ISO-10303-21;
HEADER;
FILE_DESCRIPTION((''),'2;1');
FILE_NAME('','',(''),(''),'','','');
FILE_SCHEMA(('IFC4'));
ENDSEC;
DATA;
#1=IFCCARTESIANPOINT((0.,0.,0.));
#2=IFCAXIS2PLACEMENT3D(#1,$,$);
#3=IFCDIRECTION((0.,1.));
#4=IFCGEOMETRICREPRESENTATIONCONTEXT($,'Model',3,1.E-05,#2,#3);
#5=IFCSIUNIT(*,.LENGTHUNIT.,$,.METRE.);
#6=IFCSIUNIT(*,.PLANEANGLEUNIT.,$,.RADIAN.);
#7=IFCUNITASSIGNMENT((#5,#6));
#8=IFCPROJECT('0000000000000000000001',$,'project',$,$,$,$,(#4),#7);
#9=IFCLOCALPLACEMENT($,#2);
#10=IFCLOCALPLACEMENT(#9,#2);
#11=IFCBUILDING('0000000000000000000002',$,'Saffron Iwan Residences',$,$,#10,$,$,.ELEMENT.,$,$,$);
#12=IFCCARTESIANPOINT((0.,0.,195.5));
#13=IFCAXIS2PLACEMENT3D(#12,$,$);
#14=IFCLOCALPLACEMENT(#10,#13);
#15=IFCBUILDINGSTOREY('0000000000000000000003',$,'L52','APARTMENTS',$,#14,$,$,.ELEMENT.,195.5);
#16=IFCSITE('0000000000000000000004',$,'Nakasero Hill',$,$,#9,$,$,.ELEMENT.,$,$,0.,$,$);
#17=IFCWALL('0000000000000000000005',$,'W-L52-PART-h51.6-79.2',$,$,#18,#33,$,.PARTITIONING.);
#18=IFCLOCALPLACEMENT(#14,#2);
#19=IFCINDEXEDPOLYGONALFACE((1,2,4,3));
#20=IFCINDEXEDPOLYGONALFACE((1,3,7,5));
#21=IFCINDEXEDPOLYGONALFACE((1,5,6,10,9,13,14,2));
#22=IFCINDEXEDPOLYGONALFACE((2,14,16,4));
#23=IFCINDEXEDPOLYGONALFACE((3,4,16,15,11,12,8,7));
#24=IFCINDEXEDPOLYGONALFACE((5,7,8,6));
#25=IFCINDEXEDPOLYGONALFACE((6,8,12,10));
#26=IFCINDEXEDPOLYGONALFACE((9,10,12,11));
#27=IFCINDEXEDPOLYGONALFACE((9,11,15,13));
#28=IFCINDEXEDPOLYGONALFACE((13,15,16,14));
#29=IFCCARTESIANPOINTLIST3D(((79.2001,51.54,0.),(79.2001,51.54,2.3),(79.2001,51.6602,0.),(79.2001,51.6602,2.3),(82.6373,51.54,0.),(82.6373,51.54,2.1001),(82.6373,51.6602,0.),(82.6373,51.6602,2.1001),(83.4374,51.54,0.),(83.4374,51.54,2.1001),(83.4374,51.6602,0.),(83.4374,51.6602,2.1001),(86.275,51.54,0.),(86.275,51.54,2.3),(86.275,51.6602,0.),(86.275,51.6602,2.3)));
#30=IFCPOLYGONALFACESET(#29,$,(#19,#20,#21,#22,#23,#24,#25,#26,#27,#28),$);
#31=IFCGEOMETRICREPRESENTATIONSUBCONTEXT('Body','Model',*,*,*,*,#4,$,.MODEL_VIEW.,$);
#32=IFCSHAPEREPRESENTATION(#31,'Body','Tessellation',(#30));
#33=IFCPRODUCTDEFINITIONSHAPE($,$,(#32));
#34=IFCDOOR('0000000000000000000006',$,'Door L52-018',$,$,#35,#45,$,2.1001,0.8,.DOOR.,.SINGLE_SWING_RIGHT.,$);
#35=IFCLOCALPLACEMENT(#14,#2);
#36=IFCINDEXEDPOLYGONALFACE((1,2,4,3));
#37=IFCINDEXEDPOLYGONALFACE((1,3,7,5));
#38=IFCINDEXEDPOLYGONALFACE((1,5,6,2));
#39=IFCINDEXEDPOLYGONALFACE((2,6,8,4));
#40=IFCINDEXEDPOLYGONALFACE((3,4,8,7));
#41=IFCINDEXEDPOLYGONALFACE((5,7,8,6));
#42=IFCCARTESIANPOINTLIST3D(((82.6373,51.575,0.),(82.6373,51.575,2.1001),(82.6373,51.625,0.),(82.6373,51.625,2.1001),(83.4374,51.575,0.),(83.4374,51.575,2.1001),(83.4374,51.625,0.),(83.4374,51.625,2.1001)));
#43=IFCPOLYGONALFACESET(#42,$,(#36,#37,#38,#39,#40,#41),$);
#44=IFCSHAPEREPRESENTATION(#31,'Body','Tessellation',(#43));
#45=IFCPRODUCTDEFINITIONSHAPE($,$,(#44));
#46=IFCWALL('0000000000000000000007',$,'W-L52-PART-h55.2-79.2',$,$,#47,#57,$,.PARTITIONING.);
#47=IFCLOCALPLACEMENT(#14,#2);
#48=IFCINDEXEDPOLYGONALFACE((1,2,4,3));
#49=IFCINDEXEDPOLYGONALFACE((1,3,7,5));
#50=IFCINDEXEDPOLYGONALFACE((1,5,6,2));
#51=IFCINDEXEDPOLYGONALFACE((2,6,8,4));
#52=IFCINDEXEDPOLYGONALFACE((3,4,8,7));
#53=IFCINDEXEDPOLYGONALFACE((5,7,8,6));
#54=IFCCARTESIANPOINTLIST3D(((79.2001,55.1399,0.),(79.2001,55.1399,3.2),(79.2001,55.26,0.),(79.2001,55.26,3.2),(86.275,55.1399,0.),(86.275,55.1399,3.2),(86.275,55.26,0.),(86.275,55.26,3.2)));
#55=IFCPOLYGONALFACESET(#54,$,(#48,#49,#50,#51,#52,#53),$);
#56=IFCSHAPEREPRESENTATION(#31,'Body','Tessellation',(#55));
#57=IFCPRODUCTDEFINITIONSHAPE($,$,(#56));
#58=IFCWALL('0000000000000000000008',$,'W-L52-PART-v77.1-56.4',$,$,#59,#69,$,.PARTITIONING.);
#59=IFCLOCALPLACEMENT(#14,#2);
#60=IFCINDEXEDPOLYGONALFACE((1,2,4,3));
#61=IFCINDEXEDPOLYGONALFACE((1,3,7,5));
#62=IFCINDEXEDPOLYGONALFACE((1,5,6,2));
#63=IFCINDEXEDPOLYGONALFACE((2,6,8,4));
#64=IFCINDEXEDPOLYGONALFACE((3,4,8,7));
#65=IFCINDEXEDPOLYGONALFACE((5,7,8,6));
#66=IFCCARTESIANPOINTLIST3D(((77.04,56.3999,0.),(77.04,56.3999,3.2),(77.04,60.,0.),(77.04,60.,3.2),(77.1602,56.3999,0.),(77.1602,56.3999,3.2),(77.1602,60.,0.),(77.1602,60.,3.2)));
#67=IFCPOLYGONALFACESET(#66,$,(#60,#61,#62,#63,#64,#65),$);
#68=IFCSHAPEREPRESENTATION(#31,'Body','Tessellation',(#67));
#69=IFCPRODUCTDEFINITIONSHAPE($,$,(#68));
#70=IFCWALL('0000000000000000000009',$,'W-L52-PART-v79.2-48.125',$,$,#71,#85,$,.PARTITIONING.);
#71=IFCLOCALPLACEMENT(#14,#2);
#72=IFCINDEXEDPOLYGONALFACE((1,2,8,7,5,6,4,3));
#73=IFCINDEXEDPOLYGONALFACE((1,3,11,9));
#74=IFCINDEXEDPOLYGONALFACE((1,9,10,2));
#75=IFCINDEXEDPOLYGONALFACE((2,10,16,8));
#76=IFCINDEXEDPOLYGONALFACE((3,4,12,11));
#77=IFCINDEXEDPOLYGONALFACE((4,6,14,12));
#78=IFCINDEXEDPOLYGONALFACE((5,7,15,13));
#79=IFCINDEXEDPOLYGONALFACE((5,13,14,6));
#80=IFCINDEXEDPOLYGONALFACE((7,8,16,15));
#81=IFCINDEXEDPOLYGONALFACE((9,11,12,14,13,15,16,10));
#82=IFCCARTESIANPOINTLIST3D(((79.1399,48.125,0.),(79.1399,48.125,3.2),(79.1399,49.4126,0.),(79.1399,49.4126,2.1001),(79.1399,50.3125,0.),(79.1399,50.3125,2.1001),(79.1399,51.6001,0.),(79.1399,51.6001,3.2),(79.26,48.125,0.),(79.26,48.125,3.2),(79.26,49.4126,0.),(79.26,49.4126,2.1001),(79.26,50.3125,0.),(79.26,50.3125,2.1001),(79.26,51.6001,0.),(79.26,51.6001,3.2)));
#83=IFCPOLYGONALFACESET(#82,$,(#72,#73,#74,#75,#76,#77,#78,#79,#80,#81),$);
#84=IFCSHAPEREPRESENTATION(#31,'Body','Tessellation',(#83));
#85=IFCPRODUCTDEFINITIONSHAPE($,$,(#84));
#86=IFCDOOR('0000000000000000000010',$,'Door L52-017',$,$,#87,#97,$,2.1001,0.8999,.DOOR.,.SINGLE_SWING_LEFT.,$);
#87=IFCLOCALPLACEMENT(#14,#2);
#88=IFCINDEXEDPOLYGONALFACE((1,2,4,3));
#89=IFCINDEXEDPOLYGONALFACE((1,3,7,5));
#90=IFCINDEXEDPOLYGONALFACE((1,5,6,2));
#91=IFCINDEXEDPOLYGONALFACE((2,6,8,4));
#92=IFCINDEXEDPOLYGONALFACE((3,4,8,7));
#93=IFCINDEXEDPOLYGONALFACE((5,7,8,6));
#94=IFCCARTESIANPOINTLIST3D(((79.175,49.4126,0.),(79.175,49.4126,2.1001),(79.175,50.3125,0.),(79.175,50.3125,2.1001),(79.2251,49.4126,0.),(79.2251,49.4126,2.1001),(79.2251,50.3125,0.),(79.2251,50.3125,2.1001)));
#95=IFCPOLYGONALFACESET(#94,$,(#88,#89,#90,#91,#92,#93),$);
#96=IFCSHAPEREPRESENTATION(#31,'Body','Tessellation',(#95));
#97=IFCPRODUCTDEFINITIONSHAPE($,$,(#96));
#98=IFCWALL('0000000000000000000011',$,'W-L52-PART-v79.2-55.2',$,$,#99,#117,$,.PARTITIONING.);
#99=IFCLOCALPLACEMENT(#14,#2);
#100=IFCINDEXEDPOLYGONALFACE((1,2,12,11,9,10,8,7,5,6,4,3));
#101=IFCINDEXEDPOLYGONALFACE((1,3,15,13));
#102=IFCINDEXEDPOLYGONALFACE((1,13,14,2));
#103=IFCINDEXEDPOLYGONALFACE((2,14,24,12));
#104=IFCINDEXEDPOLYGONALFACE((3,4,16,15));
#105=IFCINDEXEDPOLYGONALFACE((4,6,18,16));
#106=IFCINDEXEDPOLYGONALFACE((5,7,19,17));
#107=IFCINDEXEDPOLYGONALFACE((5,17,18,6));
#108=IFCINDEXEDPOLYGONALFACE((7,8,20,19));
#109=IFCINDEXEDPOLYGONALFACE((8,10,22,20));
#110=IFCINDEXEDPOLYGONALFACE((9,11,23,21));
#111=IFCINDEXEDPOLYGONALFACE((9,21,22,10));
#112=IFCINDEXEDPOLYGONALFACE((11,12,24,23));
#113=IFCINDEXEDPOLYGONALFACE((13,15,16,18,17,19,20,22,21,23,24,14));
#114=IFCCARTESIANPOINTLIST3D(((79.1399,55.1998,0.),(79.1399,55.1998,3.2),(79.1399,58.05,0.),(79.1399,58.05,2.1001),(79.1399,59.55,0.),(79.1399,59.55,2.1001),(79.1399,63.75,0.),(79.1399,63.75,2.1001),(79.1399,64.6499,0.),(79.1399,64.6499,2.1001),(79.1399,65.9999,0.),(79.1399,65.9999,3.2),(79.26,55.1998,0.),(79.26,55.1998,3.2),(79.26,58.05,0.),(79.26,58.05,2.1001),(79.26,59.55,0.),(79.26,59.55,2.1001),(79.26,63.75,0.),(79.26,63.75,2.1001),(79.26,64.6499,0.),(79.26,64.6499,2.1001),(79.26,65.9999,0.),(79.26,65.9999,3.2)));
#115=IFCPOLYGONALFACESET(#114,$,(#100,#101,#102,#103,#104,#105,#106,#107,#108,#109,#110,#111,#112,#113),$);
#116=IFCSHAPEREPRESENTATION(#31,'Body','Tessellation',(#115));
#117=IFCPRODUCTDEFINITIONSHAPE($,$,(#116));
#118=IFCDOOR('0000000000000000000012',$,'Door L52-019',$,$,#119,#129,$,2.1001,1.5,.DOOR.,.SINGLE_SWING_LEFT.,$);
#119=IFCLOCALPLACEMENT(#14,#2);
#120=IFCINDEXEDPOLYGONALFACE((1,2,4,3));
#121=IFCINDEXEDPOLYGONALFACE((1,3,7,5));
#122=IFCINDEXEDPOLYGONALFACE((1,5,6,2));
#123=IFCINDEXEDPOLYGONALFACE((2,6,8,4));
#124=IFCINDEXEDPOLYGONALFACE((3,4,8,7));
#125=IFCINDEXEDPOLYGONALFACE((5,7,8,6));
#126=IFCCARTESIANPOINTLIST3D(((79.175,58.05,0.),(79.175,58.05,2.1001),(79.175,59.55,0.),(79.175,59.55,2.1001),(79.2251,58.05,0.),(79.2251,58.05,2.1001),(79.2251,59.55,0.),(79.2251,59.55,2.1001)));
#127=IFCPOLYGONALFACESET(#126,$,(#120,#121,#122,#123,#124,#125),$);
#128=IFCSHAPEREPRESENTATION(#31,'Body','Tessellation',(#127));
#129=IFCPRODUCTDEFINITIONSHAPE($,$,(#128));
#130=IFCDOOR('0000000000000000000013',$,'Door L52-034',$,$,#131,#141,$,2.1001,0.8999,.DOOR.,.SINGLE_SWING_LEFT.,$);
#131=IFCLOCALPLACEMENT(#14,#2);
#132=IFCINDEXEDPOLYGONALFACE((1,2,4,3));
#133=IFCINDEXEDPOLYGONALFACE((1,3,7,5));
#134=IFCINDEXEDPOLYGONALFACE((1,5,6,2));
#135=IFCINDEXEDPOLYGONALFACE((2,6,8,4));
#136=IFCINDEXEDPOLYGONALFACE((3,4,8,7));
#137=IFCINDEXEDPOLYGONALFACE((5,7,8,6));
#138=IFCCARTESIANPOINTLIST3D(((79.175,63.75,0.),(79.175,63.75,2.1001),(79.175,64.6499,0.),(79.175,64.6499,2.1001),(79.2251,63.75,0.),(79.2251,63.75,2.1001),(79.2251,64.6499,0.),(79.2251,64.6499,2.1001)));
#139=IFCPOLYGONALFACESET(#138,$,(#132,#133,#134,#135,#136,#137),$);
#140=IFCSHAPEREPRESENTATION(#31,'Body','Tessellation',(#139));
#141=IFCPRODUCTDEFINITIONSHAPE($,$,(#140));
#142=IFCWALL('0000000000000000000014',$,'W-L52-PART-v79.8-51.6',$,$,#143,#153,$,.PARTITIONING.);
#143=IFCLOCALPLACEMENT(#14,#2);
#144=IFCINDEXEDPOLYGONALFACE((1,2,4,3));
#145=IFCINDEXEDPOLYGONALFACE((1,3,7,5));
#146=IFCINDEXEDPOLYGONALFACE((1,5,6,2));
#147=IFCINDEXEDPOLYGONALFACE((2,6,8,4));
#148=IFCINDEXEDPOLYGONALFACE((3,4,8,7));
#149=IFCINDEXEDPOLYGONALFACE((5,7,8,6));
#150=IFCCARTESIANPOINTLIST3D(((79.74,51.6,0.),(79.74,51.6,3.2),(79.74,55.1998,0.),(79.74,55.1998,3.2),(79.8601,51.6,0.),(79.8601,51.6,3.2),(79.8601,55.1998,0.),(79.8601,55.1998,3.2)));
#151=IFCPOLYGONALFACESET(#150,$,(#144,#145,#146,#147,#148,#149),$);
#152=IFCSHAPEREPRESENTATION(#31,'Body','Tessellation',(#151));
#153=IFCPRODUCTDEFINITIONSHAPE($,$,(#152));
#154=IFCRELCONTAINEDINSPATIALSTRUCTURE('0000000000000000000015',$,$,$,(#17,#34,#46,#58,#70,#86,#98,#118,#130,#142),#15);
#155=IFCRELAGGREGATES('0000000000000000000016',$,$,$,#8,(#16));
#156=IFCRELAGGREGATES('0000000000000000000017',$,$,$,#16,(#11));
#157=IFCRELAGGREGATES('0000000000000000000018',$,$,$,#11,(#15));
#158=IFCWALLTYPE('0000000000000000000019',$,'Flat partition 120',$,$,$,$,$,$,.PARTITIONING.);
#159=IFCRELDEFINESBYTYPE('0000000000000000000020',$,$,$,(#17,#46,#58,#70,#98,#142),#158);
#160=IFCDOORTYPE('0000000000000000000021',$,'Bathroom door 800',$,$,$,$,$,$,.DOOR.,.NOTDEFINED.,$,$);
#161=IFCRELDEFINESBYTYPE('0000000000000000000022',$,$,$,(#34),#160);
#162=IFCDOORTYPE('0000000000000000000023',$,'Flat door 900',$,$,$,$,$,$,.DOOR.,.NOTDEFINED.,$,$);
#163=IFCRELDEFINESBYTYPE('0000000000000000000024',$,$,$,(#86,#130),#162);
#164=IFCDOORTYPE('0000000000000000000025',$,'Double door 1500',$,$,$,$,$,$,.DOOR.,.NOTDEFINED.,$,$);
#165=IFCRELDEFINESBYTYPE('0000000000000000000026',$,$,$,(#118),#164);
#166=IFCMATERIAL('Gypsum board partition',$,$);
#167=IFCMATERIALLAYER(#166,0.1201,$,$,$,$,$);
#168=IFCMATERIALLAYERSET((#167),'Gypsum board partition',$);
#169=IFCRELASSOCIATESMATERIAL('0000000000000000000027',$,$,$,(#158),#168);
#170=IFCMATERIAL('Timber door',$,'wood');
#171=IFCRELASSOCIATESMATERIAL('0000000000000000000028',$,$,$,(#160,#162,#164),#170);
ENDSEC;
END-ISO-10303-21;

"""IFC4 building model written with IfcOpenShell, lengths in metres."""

from ifc_helpers import new_model, si_unit, direction, frame, frame_2d, origin, place, context, subcontext, project, spatial, rectangle, extrude, material, layer, layer_set, type_object, element, fill, save


model = new_model("IFC4")

# Units and contexts
model_context = context("Model", 3, precision=1e-05, world=origin(), true_north=direction((0.0, 1.0)))
body_context = subcontext(model_context, "Body", "Model", "MODEL_VIEW")
ifc_project = project(units=[si_unit("LENGTHUNIT", "METRE"), si_unit("PLANEANGLEUNIT", "RADIAN")], contexts=[model_context])

# Site, building, storey
site_placement = place(None, origin())
site = spatial("IfcSite", under=ifc_project, at=site_placement, Name="Nakasero Hill", CompositionType="ELEMENT", RefElevation=0.0)
building_placement = place(site_placement, origin())
building = spatial("IfcBuilding", under=site, at=building_placement, Name="Saffron Iwan Residences", CompositionType="ELEMENT")
storey_placement = place(building_placement, frame((0.0, 0.0, 195.5)))
storey = spatial("IfcBuildingStorey", under=building, at=storey_placement, Name="L52", Description="APARTMENTS", CompositionType="ELEMENT", Elevation=195.5)

# Wall, opening, door
ifc_material_1 = material(Name="Gypsum board partition")
ifc_layer_1 = layer(ifc_material_1, 0.1201)
ifc_layer_set_1 = layer_set([ifc_layer_1], Name="Gypsum board partition")
wall_type_1 = type_object("IfcWallType", Name="Flat partition 120", PredefinedType="PARTITIONING", material=ifc_layer_set_1)
wall_1_placement = place(storey_placement, frame((79.2, 51.6001, 0.0), z_axis=(0.0, 0.0, 1.0), x_axis=(1.0, 0.0, 0.0)))
wall_1 = element("IfcWall", 1, at=wall_1_placement, inside=storey, type_object=wall_type_1, Name="W-L52-PART-h51.6-79.2", PredefinedType="PARTITIONING", context=body_context, shape_type="SweptSolid", body=[
    extrude(rectangle(XDim=7.075, YDim=0.1201, at=frame_2d((3.5376, 0.0))), origin(), (0.0, 0.0, 1.0), 2.3),
])
opening_1_placement = place(wall_1_placement, frame((3.4375, 0.0, 0.0)))
opening_1 = element("IfcOpeningElement", 2, at=opening_1_placement, cuts=wall_1, PredefinedType="OPENING", context=body_context, shape_type="SweptSolid", body=[
    extrude(rectangle(XDim=0.8, YDim=2.1001, at=frame_2d((0.3999, 1.05))), frame((0.0, 0.0701, 0.0), z_axis=(0.0, -1.0, 0.0), x_axis=(1.0, 0.0, 0.0)), (0.0, 0.0, 1.0), 0.1401),
])
ifc_material_2 = material(Name="Timber door", Category="wood")
door_type_1 = type_object("IfcDoorType", Name="Bathroom door 800", OperationType="NOTDEFINED", PredefinedType="DOOR", material=ifc_material_2)
door_1_placement = place(opening_1_placement, origin())
door_1 = element("IfcDoor", 3, at=door_1_placement, inside=storey, type_object=door_type_1, Name="Door L52-018", OperationType="SINGLE_SWING_RIGHT", OverallHeight=2.1001, OverallWidth=0.8, PredefinedType="DOOR", context=body_context, shape_type="SweptSolid", body=[
    extrude(rectangle(XDim=0.8, YDim=2.1001, at=frame_2d((0.3999, 1.05))), frame((0.0, 0.0249, 0.0), z_axis=(0.0, -1.0, 0.0), x_axis=(1.0, 0.0, 0.0)), (0.0, 0.0, 1.0), 0.05),
])
fill(opening_1, door_1)

# Walls
wall_2_placement = place(storey_placement, frame((79.2, 55.2, 0.0), z_axis=(0.0, 0.0, 1.0), x_axis=(1.0, 0.0, 0.0)))
element("IfcWall", 4, at=wall_2_placement, inside=storey, type_object=wall_type_1, Name="W-L52-PART-h55.2-79.2", PredefinedType="PARTITIONING", context=body_context, shape_type="SweptSolid", body=[
    extrude(rectangle(XDim=7.075, YDim=0.1201, at=frame_2d((3.5376, 0.0))), origin(), (0.0, 0.0, 1.0), 3.2),
])
wall_3_placement = place(storey_placement, frame((77.1001, 56.3999, 0.0), z_axis=(0.0, 0.0, 1.0), x_axis=(0.0, 1.0, 0.0)))
element("IfcWall", 5, at=wall_3_placement, inside=storey, type_object=wall_type_1, Name="W-L52-PART-v77.1-56.4", PredefinedType="PARTITIONING", context=body_context, shape_type="SweptSolid", body=[
    extrude(rectangle(XDim=3.6001, YDim=0.1201, at=frame_2d((1.8, 0.0))), origin(), (0.0, 0.0, 1.0), 3.2),
])

# Wall, opening, door
wall_4_placement = place(storey_placement, frame((79.2, 48.125, 0.0), z_axis=(0.0, 0.0, 1.0), x_axis=(0.0, 1.0, 0.0)))
wall_4 = element("IfcWall", 6, at=wall_4_placement, inside=storey, type_object=wall_type_1, Name="W-L52-PART-v79.2-48.125", PredefinedType="PARTITIONING", context=body_context, shape_type="SweptSolid", body=[
    extrude(rectangle(XDim=3.4751, YDim=0.1201, at=frame_2d((1.7375, 0.0))), origin(), (0.0, 0.0, 1.0), 3.2),
])
opening_2_placement = place(wall_4_placement, frame((1.2876, 0.0, 0.0)))
opening_2 = element("IfcOpeningElement", 7, at=opening_2_placement, cuts=wall_4, PredefinedType="OPENING", context=body_context, shape_type="SweptSolid", body=[
    extrude(rectangle(XDim=0.8999, YDim=2.1001, at=frame_2d((0.45, 1.05))), frame((0.0, 0.0701, 0.0), z_axis=(0.0, -1.0, 0.0), x_axis=(1.0, 0.0, 0.0)), (0.0, 0.0, 1.0), 0.1401),
])
door_type_2 = type_object("IfcDoorType", Name="Flat door 900", OperationType="NOTDEFINED", PredefinedType="DOOR", material=ifc_material_2)
door_2_placement = place(opening_2_placement, origin())
door_2 = element("IfcDoor", 8, at=door_2_placement, inside=storey, type_object=door_type_2, Name="Door L52-017", OperationType="SINGLE_SWING_LEFT", OverallHeight=2.1001, OverallWidth=0.8999, PredefinedType="DOOR", context=body_context, shape_type="SweptSolid", body=[
    extrude(rectangle(XDim=0.8999, YDim=2.1001, at=frame_2d((0.45, 1.05))), frame((0.0, 0.0249, 0.0), z_axis=(0.0, -1.0, 0.0), x_axis=(1.0, 0.0, 0.0)), (0.0, 0.0, 1.0), 0.05),
])
fill(opening_2, door_2)

# Wall, openings, doors
wall_5_placement = place(storey_placement, frame((79.2, 55.2, 0.0), z_axis=(0.0, 0.0, 1.0), x_axis=(0.0, 1.0, 0.0)))
wall_5 = element("IfcWall", 9, at=wall_5_placement, inside=storey, type_object=wall_type_1, Name="W-L52-PART-v79.2-55.2", PredefinedType="PARTITIONING", context=body_context, shape_type="SweptSolid", body=[
    extrude(rectangle(XDim=10.8, YDim=0.1201, at=frame_2d((5.3999, 0.0))), origin(), (0.0, 0.0, 1.0), 3.2),
])
opening_3_placement = place(wall_5_placement, frame((2.8501, 0.0, 0.0)))
opening_3 = element("IfcOpeningElement", 10, at=opening_3_placement, cuts=wall_5, PredefinedType="OPENING", context=body_context, shape_type="SweptSolid", body=[
    extrude(rectangle(XDim=1.5, YDim=2.1001, at=frame_2d((0.75, 1.05))), frame((0.0, 0.0701, 0.0), z_axis=(0.0, -1.0, 0.0), x_axis=(1.0, 0.0, 0.0)), (0.0, 0.0, 1.0), 0.1401),
])
opening_4_placement = place(wall_5_placement, frame((8.55, 0.0, 0.0)))
opening_4 = element("IfcOpeningElement", 11, at=opening_4_placement, cuts=wall_5, PredefinedType="OPENING", context=body_context, shape_type="SweptSolid", body=[
    extrude(rectangle(XDim=0.8999, YDim=2.1001, at=frame_2d((0.45, 1.05))), frame((0.0, 0.0701, 0.0), z_axis=(0.0, -1.0, 0.0), x_axis=(1.0, 0.0, 0.0)), (0.0, 0.0, 1.0), 0.1401),
])
door_type_3 = type_object("IfcDoorType", Name="Double door 1500", OperationType="NOTDEFINED", PredefinedType="DOOR", material=ifc_material_2)
door_3_placement = place(opening_3_placement, origin())
door_3 = element("IfcDoor", 12, at=door_3_placement, inside=storey, type_object=door_type_3, Name="Door L52-019", OperationType="SINGLE_SWING_LEFT", OverallHeight=2.1001, OverallWidth=1.5, PredefinedType="DOOR", context=body_context, shape_type="SweptSolid", body=[
    extrude(rectangle(XDim=1.5, YDim=2.1001, at=frame_2d((0.75, 1.05))), frame((0.0, 0.0249, 0.0), z_axis=(0.0, -1.0, 0.0), x_axis=(1.0, 0.0, 0.0)), (0.0, 0.0, 1.0), 0.05),
])
fill(opening_3, door_3)
door_4_placement = place(opening_4_placement, origin())
door_4 = element("IfcDoor", 13, at=door_4_placement, inside=storey, type_object=door_type_2, Name="Door L52-034", OperationType="SINGLE_SWING_LEFT", OverallHeight=2.1001, OverallWidth=0.8999, PredefinedType="DOOR", context=body_context, shape_type="SweptSolid", body=[
    extrude(rectangle(XDim=0.8999, YDim=2.1001, at=frame_2d((0.45, 1.05))), frame((0.0, 0.0249, 0.0), z_axis=(0.0, -1.0, 0.0), x_axis=(1.0, 0.0, 0.0)), (0.0, 0.0, 1.0), 0.05),
])
fill(opening_4, door_4)

# Wall
wall_6_placement = place(storey_placement, frame((79.8, 51.6001, 0.0), z_axis=(0.0, 0.0, 1.0), x_axis=(0.0, 1.0, 0.0)))
element("IfcWall", 14, at=wall_6_placement, inside=storey, type_object=wall_type_1, Name="W-L52-PART-v79.8-51.6", PredefinedType="PARTITIONING", context=body_context, shape_type="SweptSolid", body=[
    extrude(rectangle(XDim=3.5999, YDim=0.1201, at=frame_2d((1.7998, 0.0))), origin(), (0.0, 0.0, 1.0), 3.2),
])

save(model, "model.ifc")
